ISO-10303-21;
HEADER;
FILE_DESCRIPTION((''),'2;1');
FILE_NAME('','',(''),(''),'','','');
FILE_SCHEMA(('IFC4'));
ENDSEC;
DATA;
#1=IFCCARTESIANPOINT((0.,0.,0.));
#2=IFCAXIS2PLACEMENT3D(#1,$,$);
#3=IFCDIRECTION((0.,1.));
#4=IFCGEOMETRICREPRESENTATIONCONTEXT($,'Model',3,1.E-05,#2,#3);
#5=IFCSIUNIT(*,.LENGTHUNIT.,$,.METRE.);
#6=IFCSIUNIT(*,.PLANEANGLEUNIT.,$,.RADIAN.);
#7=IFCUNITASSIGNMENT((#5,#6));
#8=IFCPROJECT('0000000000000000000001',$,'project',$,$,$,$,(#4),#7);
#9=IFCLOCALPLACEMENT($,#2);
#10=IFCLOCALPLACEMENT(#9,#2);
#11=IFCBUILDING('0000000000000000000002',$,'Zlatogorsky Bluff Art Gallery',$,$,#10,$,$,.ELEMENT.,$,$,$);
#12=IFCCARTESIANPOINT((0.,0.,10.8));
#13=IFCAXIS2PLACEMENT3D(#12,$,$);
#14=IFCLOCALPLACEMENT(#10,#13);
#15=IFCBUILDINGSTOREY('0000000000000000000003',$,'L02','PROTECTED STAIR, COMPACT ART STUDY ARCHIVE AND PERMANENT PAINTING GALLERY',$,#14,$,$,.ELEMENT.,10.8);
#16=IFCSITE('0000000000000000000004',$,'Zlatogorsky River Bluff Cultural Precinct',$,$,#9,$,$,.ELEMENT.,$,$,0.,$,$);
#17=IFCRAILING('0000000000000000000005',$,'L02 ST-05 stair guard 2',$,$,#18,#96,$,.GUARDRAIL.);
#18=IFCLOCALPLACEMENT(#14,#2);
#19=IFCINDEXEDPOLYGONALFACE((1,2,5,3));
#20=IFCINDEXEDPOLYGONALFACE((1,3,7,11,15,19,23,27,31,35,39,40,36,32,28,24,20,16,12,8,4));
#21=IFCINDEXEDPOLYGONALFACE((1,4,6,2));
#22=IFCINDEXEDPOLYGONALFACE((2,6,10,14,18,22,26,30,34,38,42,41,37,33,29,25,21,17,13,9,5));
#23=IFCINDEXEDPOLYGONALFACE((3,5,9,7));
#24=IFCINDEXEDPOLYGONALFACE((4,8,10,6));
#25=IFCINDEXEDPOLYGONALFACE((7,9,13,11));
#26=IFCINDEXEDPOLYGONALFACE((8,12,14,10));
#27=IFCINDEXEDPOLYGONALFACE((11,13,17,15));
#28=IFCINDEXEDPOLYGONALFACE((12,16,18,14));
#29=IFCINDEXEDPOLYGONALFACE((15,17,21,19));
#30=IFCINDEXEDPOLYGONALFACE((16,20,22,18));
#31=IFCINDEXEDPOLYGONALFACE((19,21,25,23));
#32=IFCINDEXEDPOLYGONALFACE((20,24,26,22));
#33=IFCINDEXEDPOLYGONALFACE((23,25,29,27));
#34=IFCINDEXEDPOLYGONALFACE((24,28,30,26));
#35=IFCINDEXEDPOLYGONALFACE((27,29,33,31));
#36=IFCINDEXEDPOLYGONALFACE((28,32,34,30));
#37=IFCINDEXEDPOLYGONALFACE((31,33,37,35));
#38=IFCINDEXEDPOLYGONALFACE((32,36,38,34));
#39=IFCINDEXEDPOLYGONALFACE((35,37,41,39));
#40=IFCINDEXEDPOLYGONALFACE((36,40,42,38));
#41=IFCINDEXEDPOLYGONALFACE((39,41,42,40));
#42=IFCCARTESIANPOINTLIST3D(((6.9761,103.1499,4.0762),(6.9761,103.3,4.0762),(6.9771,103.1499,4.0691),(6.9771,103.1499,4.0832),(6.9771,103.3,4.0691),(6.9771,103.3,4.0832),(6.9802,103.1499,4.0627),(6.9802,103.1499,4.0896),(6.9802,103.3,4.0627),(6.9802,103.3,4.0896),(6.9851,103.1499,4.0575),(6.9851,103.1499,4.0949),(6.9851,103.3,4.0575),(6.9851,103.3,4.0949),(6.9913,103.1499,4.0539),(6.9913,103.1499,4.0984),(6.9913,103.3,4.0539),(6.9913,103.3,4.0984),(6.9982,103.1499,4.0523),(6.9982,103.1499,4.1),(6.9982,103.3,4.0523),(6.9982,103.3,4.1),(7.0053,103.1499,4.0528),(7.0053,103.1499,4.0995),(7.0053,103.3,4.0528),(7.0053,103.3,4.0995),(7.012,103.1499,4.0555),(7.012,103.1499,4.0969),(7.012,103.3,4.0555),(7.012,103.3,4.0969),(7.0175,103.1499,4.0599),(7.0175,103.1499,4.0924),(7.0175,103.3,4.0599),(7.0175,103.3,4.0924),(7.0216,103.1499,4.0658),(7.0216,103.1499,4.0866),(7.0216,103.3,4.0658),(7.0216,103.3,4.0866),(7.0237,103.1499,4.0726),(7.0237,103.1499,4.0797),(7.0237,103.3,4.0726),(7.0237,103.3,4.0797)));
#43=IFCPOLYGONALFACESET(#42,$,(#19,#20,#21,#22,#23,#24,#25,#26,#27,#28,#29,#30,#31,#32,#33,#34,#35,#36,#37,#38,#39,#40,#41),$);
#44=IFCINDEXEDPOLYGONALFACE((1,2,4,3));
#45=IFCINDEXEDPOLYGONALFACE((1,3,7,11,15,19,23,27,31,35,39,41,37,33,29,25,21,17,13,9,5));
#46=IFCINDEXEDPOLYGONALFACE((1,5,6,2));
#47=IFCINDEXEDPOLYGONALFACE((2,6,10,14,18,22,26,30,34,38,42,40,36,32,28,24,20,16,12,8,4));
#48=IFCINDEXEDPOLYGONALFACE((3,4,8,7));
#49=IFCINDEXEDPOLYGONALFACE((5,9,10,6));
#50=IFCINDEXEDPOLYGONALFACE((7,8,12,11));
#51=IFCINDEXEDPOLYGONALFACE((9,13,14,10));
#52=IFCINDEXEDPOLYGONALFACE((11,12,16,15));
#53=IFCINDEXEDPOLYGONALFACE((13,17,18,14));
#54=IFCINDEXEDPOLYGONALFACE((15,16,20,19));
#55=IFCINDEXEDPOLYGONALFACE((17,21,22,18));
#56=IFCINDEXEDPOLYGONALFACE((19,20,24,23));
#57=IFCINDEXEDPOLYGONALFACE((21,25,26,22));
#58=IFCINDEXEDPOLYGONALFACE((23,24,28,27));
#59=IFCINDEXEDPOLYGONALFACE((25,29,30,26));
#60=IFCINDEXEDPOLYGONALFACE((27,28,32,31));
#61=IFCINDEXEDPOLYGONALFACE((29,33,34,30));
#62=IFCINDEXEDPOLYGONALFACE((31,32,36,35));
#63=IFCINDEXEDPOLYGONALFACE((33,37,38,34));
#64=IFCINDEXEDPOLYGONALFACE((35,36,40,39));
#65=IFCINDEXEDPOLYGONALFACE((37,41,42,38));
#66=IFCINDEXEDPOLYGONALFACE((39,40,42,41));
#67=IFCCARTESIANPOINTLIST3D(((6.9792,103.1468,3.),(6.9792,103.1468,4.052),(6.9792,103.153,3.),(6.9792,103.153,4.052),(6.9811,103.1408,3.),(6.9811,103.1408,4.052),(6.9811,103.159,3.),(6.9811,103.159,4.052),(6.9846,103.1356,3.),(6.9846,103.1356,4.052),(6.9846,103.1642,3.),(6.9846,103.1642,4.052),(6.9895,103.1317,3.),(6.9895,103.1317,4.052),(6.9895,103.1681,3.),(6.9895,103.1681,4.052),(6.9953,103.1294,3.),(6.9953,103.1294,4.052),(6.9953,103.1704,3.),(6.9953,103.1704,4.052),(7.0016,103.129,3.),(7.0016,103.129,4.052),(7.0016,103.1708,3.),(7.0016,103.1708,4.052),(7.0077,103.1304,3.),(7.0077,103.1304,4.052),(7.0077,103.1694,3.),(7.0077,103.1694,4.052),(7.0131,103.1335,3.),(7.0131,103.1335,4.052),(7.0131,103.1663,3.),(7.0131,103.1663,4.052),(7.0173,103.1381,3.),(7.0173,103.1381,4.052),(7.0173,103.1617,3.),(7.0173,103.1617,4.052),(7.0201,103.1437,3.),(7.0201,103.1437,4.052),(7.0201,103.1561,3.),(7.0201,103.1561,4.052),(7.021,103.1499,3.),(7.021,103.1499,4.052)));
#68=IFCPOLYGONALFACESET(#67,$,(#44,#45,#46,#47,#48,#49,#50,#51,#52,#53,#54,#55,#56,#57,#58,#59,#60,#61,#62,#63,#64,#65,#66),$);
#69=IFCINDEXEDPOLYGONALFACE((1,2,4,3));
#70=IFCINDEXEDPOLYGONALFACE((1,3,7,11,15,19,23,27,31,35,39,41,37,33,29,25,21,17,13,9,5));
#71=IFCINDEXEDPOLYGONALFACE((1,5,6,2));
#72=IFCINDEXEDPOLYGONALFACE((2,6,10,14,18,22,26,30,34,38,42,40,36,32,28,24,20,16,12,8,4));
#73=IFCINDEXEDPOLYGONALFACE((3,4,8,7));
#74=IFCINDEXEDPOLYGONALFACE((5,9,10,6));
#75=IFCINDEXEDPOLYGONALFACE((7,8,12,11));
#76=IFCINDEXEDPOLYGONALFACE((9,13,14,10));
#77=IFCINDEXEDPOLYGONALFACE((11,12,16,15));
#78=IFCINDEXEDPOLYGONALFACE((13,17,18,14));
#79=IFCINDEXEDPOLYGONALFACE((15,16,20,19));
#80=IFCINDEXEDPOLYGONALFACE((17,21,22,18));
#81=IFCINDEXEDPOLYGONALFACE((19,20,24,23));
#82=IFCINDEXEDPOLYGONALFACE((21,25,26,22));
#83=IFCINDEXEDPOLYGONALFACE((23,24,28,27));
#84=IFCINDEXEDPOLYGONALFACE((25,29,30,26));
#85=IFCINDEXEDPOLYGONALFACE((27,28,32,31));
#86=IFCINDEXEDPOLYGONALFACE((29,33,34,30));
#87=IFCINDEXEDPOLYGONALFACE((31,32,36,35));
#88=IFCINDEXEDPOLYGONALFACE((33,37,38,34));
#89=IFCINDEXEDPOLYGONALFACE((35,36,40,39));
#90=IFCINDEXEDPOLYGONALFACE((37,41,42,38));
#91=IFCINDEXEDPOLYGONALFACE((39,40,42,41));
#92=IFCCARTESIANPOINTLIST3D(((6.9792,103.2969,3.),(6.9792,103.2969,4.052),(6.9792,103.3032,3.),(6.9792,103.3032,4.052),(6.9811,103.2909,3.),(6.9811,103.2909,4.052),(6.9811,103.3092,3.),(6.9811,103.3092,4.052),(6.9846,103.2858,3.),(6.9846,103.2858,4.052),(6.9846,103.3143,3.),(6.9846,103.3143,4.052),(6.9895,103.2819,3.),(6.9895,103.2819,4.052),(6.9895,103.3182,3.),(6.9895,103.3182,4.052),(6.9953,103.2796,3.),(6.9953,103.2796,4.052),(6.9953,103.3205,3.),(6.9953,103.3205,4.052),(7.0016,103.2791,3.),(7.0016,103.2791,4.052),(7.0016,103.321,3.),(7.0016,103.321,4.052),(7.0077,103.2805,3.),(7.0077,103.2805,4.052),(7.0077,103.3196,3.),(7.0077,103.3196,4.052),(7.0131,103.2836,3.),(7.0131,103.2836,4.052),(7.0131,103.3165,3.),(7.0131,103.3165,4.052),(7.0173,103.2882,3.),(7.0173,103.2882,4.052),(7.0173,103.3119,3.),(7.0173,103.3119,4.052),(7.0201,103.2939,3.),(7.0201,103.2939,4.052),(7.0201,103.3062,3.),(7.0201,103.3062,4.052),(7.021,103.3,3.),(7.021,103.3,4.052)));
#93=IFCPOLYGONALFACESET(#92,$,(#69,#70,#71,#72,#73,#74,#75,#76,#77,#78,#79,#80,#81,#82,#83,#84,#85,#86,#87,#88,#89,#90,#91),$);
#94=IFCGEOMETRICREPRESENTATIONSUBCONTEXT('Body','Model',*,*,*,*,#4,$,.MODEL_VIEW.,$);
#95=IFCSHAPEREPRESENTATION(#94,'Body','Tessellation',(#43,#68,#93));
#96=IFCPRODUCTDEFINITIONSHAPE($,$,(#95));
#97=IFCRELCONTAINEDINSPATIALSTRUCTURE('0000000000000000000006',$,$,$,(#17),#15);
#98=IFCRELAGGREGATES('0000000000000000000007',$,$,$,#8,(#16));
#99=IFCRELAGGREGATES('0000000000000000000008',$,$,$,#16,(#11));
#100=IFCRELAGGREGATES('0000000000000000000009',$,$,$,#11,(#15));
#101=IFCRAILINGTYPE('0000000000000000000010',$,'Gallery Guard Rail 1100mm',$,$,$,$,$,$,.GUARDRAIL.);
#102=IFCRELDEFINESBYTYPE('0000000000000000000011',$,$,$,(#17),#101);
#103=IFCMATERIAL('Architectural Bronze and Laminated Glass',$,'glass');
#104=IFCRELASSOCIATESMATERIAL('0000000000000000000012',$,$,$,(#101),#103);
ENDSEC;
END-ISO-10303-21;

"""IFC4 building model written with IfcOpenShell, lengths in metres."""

from ifc_helpers import new_model, si_unit, direction, frame, origin, origin_2d, place, context, subcontext, project, spatial, circle, extrude, material, type_object, element, save


model = new_model("IFC4")

# Units and contexts
model_context = context("Model", 3, precision=1e-05, world=origin(), true_north=direction((0.0, 1.0)))
body_context = subcontext(model_context, "Body", "Model", "MODEL_VIEW")
ifc_project = project(units=[si_unit("LENGTHUNIT", "METRE"), si_unit("PLANEANGLEUNIT", "RADIAN")], contexts=[model_context])

# Site, building, storey
site_placement = place(None, origin())
site = spatial("IfcSite", under=ifc_project, at=site_placement, Name="Zlatogorsky River Bluff Cultural Precinct", CompositionType="ELEMENT", RefElevation=0.0)
building_placement = place(site_placement, origin())
building = spatial("IfcBuilding", under=site, at=building_placement, Name="Zlatogorsky Bluff Art Gallery", CompositionType="ELEMENT")
storey_placement = place(building_placement, frame((0.0, 0.0, 10.8)))
storey = spatial("IfcBuildingStorey", under=building, at=storey_placement, Name="L02", Description="PROTECTED STAIR, COMPACT ART STUDY ARCHIVE AND PERMANENT PAINTING GALLERY", CompositionType="ELEMENT", Elevation=10.8)

# Railing
ifc_material_1 = material(Name="Architectural Bronze and Laminated Glass", Category="glass")
railing_type_1 = type_object("IfcRailingType", Name="Gallery Guard Rail 1100mm", PredefinedType="GUARDRAIL", material=ifc_material_1)
railing_1_placement = place(storey_placement, frame((7.0, 103.1499, 3.0)))
element("IfcRailing", 1, at=railing_1_placement, inside=storey, type_object=railing_type_1, Name="L02 ST-05 stair guard 2", PredefinedType="GUARDRAIL", context=body_context, shape_type="SweptSolid", body=[
    extrude(circle(Radius=0.0239, at=origin_2d()), frame((0.0, 0.0, 1.0762), z_axis=(0.0, 1.0, 0.0), x_axis=(-1.0, 0.0, 0.0)), (0.0, 0.0, 1.0), 0.1501),
    extrude(circle(Radius=0.021, at=origin_2d()), origin(), (0.0, 0.0, 1.0), 1.052),
    extrude(circle(Radius=0.021, at=origin_2d()), frame((0.0, 0.1501, 0.0)), (0.0, 0.0, 1.0), 1.052),
])

save(model, "model.ifc")
